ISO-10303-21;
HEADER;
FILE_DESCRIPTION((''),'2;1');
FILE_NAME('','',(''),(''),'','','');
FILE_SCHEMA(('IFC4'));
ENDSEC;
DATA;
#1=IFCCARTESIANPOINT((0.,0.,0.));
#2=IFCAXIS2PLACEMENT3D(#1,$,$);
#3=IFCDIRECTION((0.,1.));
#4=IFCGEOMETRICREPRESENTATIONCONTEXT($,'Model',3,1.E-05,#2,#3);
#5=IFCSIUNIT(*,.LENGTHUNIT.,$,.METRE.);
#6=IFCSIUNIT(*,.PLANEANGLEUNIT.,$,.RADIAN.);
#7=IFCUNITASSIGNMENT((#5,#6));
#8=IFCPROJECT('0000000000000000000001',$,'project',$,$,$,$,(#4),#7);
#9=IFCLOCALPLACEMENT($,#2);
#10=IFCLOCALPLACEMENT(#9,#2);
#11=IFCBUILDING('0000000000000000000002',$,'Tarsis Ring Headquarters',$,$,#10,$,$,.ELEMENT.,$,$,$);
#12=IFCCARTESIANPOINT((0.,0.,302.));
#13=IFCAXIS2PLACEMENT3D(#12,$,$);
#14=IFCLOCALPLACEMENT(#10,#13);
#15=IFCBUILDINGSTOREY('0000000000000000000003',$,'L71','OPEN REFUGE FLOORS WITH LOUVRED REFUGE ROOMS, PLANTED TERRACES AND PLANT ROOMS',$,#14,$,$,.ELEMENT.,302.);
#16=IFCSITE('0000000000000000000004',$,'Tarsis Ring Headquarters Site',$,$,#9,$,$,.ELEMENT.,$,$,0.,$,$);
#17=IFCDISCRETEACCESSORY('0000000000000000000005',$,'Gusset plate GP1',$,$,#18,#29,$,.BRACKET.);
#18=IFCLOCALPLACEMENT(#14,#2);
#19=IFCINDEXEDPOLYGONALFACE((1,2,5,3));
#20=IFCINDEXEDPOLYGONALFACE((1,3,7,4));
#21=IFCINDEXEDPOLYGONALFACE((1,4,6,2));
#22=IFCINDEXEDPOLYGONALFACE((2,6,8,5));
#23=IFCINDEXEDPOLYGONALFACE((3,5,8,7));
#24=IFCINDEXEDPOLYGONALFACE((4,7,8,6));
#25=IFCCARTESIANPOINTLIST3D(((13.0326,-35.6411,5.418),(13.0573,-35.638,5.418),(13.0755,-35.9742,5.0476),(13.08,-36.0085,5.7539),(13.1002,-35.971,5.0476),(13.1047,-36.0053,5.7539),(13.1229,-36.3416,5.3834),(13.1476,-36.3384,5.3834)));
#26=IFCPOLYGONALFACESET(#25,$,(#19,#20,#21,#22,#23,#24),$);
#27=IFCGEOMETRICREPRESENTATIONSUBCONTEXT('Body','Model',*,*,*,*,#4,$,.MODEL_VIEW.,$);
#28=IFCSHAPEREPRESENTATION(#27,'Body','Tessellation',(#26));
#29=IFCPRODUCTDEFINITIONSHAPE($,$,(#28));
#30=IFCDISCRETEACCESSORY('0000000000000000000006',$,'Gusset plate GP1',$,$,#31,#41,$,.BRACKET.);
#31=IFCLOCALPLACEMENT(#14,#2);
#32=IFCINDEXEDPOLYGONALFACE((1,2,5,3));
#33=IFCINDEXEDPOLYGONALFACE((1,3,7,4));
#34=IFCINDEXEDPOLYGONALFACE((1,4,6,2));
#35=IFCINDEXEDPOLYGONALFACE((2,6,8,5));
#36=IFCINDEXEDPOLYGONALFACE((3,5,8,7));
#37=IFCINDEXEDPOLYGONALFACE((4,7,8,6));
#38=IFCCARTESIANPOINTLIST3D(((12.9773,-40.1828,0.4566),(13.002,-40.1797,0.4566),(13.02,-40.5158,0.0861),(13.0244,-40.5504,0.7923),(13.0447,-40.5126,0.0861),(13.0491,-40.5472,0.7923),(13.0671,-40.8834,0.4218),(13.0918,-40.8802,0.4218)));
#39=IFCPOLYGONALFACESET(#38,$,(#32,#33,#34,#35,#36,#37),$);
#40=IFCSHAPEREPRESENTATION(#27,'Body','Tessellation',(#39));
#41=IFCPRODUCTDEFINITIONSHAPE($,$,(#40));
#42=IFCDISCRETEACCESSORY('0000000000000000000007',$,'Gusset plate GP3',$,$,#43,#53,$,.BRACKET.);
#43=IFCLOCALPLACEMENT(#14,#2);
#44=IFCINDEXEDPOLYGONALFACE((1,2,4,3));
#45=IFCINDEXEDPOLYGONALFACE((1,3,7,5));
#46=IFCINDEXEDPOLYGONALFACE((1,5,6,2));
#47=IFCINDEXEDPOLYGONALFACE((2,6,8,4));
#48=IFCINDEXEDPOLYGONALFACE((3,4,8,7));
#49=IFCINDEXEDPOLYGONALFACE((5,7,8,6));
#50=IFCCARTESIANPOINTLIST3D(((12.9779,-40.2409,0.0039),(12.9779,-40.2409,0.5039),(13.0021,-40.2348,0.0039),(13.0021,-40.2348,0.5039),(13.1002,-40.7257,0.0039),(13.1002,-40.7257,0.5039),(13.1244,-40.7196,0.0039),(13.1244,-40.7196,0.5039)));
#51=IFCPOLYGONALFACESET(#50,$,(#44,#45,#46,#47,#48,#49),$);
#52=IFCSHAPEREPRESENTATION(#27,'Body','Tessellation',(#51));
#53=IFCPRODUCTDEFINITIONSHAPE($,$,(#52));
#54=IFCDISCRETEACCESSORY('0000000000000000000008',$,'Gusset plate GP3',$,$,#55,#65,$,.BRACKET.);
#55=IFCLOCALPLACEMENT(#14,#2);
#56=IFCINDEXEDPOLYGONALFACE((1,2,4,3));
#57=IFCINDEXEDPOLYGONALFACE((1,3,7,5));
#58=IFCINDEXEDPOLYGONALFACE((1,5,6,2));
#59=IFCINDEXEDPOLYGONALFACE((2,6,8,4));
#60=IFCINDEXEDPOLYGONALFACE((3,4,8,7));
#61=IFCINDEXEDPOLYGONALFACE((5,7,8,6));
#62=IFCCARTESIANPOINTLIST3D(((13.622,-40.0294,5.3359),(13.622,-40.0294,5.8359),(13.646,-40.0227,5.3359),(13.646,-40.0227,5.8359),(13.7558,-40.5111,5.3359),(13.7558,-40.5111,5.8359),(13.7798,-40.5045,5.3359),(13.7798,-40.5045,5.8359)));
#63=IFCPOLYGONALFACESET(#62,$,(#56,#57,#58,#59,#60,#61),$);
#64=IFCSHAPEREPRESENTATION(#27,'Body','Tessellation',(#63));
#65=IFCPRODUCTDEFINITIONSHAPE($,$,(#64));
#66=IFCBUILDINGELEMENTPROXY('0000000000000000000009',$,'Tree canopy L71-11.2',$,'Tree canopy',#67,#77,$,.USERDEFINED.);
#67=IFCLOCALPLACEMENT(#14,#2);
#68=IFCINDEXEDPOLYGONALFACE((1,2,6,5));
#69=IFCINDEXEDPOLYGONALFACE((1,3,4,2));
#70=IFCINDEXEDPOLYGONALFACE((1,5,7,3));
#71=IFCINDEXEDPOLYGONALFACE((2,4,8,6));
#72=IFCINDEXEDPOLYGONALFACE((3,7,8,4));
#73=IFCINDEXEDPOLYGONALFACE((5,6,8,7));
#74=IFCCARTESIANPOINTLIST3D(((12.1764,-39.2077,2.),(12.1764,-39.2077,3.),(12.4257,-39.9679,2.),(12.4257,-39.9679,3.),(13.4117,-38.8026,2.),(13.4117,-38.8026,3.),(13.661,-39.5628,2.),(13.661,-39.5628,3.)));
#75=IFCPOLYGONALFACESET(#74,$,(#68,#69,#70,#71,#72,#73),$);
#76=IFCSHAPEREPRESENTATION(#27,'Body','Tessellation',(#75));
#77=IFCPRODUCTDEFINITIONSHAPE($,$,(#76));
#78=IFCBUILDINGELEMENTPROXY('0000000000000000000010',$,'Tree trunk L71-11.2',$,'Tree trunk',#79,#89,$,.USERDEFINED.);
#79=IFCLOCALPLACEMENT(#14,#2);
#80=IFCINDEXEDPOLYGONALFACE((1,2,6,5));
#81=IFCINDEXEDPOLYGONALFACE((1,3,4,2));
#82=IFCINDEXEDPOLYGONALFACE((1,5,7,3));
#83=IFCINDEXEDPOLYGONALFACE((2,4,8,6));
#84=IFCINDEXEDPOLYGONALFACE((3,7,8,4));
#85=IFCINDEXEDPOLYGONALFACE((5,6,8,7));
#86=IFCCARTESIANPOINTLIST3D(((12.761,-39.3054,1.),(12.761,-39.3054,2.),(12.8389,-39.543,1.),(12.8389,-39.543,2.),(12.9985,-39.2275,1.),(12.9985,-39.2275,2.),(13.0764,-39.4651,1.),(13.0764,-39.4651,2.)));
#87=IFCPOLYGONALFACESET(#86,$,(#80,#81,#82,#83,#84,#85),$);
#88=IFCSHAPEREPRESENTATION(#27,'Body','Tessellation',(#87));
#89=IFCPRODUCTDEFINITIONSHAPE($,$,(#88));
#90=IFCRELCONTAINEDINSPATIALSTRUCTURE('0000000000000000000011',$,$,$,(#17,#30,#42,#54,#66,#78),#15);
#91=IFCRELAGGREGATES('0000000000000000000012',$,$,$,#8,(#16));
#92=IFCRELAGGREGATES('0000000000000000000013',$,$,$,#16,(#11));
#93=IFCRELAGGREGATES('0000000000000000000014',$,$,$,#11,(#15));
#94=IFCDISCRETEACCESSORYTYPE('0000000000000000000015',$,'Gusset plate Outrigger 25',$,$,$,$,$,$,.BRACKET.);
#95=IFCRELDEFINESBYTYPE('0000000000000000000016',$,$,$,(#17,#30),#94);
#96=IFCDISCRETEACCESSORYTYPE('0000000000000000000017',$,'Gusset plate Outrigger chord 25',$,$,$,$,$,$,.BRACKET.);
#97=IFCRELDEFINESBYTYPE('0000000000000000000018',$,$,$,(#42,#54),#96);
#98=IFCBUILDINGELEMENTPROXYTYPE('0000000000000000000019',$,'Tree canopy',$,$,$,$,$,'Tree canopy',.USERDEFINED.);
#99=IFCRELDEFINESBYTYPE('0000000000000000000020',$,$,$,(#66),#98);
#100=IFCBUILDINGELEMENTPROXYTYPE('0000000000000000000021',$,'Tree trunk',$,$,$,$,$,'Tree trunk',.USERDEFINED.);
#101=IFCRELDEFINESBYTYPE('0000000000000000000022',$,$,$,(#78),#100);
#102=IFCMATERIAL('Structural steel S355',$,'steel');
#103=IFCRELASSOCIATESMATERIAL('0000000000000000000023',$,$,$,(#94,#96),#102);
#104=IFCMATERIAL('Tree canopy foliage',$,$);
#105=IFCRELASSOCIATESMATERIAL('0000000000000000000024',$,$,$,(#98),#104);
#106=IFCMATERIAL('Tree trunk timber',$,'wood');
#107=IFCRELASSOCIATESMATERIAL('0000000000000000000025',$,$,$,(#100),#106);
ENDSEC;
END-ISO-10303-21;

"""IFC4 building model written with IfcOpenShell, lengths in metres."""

from ifc_helpers import new_model, si_unit, direction, frame, origin, origin_2d, place, context, subcontext, project, spatial, rectangle, extrude, material, material_profile, profile_set, type_object, element, save


model = new_model("IFC4")

# Units and contexts
model_context = context("Model", 3, precision=1e-05, world=origin(), true_north=direction((0.0, 1.0)))
body_context = subcontext(model_context, "Body", "Model", "MODEL_VIEW")
ifc_project = project(units=[si_unit("LENGTHUNIT", "METRE"), si_unit("PLANEANGLEUNIT", "RADIAN")], contexts=[model_context])

# Site, building, storey
site_placement = place(None, origin())
site = spatial("IfcSite", under=ifc_project, at=site_placement, Name="Tarsis Ring Headquarters Site", CompositionType="ELEMENT", RefElevation=0.0)
building_placement = place(site_placement, origin())
building = spatial("IfcBuilding", under=site, at=building_placement, Name="Tarsis Ring Headquarters", CompositionType="ELEMENT")
storey_placement = place(building_placement, frame((0.0, 0.0, 302.0)))
storey = spatial("IfcBuildingStorey", under=building, at=storey_placement, Name="L71", Description="OPEN REFUGE FLOORS WITH LOUVRED REFUGE ROOMS, PLANTED TERRACES AND PLANT ROOMS", CompositionType="ELEMENT", Elevation=302.0)

# Shared definitions
ifc_material_1 = material(Name="Structural steel S355", Category="steel")

# Discrete accessories
ifc_material_profile_1 = material_profile(ifc_material_1, rectangle(XDim=0.0249, YDim=0.5, at=origin_2d()), Name="PL 25x500")
ifc_profile_set_1 = profile_set([ifc_material_profile_1], Name="Structural steel S355")
discrete_accessory_type_1 = type_object("IfcDiscreteAccessoryType", Name="Gusset plate Outrigger 25", PredefinedType="BRACKET", material=ifc_profile_set_1)
for number, where, z_axis, x_axis, name in (
    (1, (13.0686, -35.8232, 5.5859), (0.085953, -0.666138, -0.740859), (0.991778, 0.127971, 0.0), "Gusset plate GP1"),
    (2, (13.0559, -40.698, 0.2539), (-0.085438, 0.665925, 0.74111), (-0.99187, -0.127256, 0.0), "Gusset plate GP1"),
):
    element("IfcDiscreteAccessory", number, at=place(storey_placement, frame(where, z_axis=z_axis, x_axis=x_axis)), inside=storey, type_object=discrete_accessory_type_1, Name=name, PredefinedType="BRACKET", context=body_context, shape_type="SweptSolid", body=[
        extrude(rectangle(XDim=0.0249, YDim=0.5, at=origin_2d()), origin(), (0.0, 0.0, 1.0), 0.5),
    ])
discrete_accessory_type_2 = type_object("IfcDiscreteAccessoryType", Name="Gusset plate Outrigger chord 25", PredefinedType="BRACKET", material=ifc_profile_set_1)
for number, where, z_axis, x_axis, name in (
    (3, (13.1123, -40.7227, 0.2539), (-0.244603, 0.969623, 0.0), (-0.969623, -0.244603, 0.0), "Gusset plate GP3"),
    (4, (13.7678, -40.5078, 5.5859), (-0.267619, 0.963525, 0.0), (-0.963525, -0.267619, 0.0), "Gusset plate GP3"),
):
    element("IfcDiscreteAccessory", number, at=place(storey_placement, frame(where, z_axis=z_axis, x_axis=x_axis)), inside=storey, type_object=discrete_accessory_type_2, Name=name, PredefinedType="BRACKET", context=body_context, shape_type="SweptSolid", body=[
        extrude(rectangle(XDim=0.0249, YDim=0.5, at=origin_2d()), origin(), (0.0, 0.0, 1.0), 0.5),
    ])

# Building element proxies
ifc_material_2 = material(Name="Tree canopy foliage")
building_element_proxy_type_1 = type_object("IfcBuildingElementProxyType", Name="Tree canopy", ElementType="Tree canopy", PredefinedType="USERDEFINED", material=ifc_material_2)
proxy_1_placement = place(storey_placement, frame((12.9187, -39.3853, 2.0), z_axis=(0.0, 0.0, 1.0), x_axis=(0.95019, 0.311672, 0.0)))
element("IfcBuildingElementProxy", 5, at=proxy_1_placement, inside=storey, type_object=building_element_proxy_type_1, Name="Tree canopy L71-11.2", ObjectType="Tree canopy", PredefinedType="USERDEFINED", context=body_context, shape_type="SweptSolid", body=[
    extrude(rectangle(XDim=1.3, YDim=0.8, at=origin_2d()), origin(), (0.0, 0.0, 1.0), 1.0),
])
ifc_material_3 = material(Name="Tree trunk timber", Category="wood")
building_element_proxy_type_2 = type_object("IfcBuildingElementProxyType", Name="Tree trunk", ElementType="Tree trunk", PredefinedType="USERDEFINED", material=ifc_material_3)
proxy_2_placement = place(storey_placement, frame((12.9187, -39.3853, 1.0), z_axis=(0.0, 0.0, 1.0), x_axis=(0.95019, 0.311672, 0.0)))
element("IfcBuildingElementProxy", 6, at=proxy_2_placement, inside=storey, type_object=building_element_proxy_type_2, Name="Tree trunk L71-11.2", ObjectType="Tree trunk", PredefinedType="USERDEFINED", context=body_context, shape_type="SweptSolid", body=[
    extrude(rectangle(XDim=0.25, YDim=0.25, at=origin_2d()), origin(), (0.0, 0.0, 1.0), 1.0),
])

save(model, "model.ifc")
